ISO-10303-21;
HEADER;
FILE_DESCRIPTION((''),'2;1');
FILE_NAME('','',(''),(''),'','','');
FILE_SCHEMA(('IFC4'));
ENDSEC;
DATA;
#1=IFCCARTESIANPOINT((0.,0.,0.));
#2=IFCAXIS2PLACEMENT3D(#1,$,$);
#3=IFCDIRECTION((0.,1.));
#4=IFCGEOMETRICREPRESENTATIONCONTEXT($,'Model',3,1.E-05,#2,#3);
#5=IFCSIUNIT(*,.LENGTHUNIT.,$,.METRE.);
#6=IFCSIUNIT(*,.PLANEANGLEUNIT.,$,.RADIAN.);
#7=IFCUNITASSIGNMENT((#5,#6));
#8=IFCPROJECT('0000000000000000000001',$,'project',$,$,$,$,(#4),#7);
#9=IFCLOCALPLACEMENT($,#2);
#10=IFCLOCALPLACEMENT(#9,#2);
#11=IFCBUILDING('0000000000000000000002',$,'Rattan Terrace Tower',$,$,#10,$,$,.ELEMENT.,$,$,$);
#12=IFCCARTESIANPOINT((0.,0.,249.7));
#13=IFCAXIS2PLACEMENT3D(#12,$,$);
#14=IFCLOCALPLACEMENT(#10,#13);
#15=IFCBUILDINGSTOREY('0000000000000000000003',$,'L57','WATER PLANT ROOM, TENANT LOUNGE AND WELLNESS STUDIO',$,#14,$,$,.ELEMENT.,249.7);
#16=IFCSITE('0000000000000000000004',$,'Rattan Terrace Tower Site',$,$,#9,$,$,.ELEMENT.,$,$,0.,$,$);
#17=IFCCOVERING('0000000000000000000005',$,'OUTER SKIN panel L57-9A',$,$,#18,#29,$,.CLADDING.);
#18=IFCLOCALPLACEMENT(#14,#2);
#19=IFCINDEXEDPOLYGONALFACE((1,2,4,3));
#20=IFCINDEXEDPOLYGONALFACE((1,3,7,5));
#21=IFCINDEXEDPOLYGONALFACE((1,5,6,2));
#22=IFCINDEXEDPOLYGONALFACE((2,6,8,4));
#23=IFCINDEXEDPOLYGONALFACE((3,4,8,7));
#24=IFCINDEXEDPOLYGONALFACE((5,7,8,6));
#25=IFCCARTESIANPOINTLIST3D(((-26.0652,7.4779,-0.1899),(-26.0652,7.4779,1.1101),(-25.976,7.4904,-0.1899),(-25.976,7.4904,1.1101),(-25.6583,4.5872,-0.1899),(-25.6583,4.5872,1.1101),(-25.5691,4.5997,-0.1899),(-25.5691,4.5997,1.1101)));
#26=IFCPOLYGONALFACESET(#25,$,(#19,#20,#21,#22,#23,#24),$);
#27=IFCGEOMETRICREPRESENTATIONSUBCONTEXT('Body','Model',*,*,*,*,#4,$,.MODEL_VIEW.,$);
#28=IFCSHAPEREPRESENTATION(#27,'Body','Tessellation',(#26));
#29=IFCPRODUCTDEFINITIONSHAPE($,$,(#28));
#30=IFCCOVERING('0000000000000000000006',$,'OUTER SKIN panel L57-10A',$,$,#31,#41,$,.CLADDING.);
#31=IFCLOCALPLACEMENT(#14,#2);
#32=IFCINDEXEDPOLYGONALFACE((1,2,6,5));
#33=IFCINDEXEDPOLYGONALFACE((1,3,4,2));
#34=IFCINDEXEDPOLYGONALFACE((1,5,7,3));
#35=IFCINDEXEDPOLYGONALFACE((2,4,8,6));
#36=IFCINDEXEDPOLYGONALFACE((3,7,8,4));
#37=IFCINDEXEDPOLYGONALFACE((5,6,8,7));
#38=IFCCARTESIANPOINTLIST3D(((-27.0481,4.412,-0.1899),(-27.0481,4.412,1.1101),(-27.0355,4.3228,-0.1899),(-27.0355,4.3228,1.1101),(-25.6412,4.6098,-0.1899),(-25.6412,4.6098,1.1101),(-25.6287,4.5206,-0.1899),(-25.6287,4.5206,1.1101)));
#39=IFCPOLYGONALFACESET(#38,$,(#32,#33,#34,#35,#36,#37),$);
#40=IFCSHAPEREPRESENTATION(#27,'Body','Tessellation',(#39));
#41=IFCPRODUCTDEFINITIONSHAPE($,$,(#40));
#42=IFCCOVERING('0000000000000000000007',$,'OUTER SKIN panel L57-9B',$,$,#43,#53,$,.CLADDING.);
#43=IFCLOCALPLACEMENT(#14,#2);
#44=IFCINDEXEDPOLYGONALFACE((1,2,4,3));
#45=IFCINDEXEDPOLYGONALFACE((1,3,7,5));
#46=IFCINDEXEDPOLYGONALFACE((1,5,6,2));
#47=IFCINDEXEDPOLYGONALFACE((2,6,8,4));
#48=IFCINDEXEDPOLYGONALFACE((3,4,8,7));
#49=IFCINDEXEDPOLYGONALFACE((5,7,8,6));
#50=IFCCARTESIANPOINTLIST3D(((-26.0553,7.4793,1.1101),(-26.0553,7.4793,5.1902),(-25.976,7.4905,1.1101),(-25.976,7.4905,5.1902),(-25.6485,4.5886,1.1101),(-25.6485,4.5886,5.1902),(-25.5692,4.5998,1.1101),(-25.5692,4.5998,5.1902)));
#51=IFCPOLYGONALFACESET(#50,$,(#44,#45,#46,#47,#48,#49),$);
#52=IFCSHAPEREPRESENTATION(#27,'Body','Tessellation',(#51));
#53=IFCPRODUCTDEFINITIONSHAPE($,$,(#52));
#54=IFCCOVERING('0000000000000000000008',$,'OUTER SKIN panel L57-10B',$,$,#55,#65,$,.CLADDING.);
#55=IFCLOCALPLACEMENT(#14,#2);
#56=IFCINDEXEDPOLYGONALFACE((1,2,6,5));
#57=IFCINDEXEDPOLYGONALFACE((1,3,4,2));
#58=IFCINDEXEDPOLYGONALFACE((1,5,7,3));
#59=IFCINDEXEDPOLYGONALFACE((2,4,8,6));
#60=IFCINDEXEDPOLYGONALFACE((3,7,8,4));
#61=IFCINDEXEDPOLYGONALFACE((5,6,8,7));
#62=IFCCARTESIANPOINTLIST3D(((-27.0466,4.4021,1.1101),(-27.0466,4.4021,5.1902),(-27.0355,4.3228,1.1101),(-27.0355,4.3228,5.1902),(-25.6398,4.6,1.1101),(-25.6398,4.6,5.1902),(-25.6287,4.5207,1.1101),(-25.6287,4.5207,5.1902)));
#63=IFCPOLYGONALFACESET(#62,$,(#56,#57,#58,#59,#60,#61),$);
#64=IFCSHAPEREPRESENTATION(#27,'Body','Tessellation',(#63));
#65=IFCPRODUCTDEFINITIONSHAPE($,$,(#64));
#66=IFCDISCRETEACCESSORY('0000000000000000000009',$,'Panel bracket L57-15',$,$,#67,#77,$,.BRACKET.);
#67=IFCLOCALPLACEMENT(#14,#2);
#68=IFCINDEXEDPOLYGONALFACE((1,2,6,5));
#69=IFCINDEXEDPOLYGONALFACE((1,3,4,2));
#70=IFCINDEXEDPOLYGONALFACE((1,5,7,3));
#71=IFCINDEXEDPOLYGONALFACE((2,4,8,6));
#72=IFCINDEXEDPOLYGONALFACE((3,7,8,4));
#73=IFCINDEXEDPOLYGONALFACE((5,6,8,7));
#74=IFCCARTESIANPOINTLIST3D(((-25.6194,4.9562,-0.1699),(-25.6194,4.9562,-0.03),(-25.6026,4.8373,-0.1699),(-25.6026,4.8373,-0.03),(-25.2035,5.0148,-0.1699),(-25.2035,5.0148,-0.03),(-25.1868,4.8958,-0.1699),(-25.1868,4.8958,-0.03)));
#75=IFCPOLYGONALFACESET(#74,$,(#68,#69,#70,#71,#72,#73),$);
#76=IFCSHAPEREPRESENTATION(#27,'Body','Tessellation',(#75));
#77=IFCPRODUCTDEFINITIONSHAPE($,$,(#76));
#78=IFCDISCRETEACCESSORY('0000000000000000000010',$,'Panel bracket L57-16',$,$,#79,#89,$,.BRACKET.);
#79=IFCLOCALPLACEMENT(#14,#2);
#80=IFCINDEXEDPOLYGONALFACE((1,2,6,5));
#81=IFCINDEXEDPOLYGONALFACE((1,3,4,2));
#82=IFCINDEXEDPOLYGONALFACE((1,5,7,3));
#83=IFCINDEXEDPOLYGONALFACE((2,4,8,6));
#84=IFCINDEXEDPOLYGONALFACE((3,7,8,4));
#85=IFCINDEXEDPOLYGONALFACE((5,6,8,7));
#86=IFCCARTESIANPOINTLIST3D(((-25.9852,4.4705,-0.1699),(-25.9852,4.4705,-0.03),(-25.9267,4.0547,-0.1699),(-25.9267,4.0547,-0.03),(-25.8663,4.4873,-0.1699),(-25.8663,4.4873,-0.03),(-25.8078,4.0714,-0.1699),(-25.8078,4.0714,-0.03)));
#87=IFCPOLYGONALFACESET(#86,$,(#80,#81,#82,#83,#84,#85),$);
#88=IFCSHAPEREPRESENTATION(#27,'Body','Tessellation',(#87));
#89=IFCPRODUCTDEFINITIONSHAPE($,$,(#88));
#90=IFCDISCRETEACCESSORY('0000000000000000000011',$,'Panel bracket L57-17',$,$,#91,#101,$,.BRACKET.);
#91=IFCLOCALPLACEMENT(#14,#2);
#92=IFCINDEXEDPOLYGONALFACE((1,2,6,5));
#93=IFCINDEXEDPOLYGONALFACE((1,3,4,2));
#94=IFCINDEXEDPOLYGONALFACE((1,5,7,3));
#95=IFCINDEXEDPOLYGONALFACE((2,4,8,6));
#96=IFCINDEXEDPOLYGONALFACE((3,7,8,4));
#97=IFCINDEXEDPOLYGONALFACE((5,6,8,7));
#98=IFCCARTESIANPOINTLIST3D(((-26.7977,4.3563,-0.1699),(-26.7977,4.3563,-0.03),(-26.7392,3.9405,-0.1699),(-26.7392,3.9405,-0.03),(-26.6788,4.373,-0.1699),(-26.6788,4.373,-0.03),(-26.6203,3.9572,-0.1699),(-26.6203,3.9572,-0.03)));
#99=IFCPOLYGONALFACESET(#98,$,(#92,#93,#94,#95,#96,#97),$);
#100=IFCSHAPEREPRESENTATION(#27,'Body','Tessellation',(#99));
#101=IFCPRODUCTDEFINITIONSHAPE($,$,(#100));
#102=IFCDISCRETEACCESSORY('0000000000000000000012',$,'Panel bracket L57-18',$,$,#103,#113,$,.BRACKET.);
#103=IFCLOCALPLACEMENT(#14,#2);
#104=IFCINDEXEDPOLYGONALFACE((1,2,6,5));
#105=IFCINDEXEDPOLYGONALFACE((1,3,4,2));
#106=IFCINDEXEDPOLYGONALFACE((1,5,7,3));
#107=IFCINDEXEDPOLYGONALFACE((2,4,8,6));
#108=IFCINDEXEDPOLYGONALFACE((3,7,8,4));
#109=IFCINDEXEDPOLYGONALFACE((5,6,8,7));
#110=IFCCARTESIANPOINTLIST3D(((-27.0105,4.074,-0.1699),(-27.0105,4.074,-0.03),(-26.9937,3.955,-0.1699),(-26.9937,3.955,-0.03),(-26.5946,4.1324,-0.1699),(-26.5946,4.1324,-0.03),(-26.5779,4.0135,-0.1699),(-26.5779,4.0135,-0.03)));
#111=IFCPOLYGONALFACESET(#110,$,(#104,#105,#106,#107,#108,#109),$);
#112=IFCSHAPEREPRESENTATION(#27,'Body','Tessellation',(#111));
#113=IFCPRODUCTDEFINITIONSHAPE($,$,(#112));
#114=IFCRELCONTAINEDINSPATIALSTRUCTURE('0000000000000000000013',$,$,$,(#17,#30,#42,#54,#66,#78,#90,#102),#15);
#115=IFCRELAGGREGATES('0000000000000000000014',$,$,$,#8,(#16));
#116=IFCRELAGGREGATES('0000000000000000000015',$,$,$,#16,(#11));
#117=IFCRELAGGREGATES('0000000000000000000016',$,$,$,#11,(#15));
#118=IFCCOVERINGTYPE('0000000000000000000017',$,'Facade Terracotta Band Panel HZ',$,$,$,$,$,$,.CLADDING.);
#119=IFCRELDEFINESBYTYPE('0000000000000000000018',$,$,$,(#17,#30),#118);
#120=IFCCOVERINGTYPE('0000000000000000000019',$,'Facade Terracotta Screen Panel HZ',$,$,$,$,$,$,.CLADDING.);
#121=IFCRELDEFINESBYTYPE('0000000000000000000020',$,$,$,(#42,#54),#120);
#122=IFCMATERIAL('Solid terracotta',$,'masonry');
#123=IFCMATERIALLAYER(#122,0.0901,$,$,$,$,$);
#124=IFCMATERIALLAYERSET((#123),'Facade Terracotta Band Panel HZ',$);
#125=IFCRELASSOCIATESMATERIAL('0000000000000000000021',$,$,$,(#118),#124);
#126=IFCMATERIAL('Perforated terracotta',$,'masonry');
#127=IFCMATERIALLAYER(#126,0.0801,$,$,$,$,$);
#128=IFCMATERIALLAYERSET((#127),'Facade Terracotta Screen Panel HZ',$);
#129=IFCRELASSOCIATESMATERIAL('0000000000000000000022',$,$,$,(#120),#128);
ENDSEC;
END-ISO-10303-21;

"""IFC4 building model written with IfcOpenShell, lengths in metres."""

from ifc_helpers import new_model, si_unit, direction, frame, origin, origin_2d, place, context, subcontext, project, spatial, rectangle, extrude, material, layer, layer_set, type_object, element, save


model = new_model("IFC4")

# Units and contexts
model_context = context("Model", 3, precision=1e-05, world=origin(), true_north=direction((0.0, 1.0)))
body_context = subcontext(model_context, "Body", "Model", "MODEL_VIEW")
ifc_project = project(units=[si_unit("LENGTHUNIT", "METRE"), si_unit("PLANEANGLEUNIT", "RADIAN")], contexts=[model_context])

# Site, building, storey
site_placement = place(None, origin())
site = spatial("IfcSite", under=ifc_project, at=site_placement, Name="Rattan Terrace Tower Site", CompositionType="ELEMENT", RefElevation=0.0)
building_placement = place(site_placement, origin())
building = spatial("IfcBuilding", under=site, at=building_placement, Name="Rattan Terrace Tower", CompositionType="ELEMENT")
storey_placement = place(building_placement, frame((0.0, 0.0, 249.7)))
storey = spatial("IfcBuildingStorey", under=building, at=storey_placement, Name="L57", Description="WATER PLANT ROOM, TENANT LOUNGE AND WELLNESS STUDIO", CompositionType="ELEMENT", Elevation=249.7)

# Coverings
ifc_material_1 = material(Name="Solid terracotta", Category="masonry")
ifc_layer_1 = layer(ifc_material_1, 0.0901)
ifc_layer_set_1 = layer_set([ifc_layer_1], Name="Facade Terracotta Band Panel HZ")
covering_type_1 = type_object("IfcCoveringType", Name="Facade Terracotta Band Panel HZ", PredefinedType="CLADDING", material=ifc_layer_set_1)
covering_1_placement = place(storey_placement, frame((-25.8171, 6.0388, -0.1899), z_axis=(0.0, 0.0, 1.0), x_axis=(0.139367, -0.990241, 0.0)))
element("IfcCovering", 1, at=covering_1_placement, inside=storey, type_object=covering_type_1, Name="OUTER SKIN panel L57-9A", PredefinedType="CLADDING", context=body_context, shape_type="SweptSolid", body=[
    extrude(rectangle(XDim=2.9192, YDim=0.0901, at=origin_2d()), origin(), (0.0, 0.0, 1.0), 1.3),
])
covering_2_placement = place(storey_placement, frame((-26.3384, 4.4663, -0.1899), z_axis=(0.0, 0.0, 1.0), x_axis=(-0.990254, -0.139275, 0.0)))
element("IfcCovering", 2, at=covering_2_placement, inside=storey, type_object=covering_type_1, Name="OUTER SKIN panel L57-10A", PredefinedType="CLADDING", context=body_context, shape_type="SweptSolid", body=[
    extrude(rectangle(XDim=1.4207, YDim=0.0901, at=origin_2d()), origin(), (0.0, 0.0, 1.0), 1.3),
])
ifc_material_2 = material(Name="Perforated terracotta", Category="masonry")
ifc_layer_2 = layer(ifc_material_2, 0.0801)
ifc_layer_set_2 = layer_set([ifc_layer_2], Name="Facade Terracotta Screen Panel HZ")
covering_type_2 = type_object("IfcCoveringType", Name="Facade Terracotta Screen Panel HZ", PredefinedType="CLADDING", material=ifc_layer_set_2)
covering_3_placement = place(storey_placement, frame((-25.8123, 6.0396, 1.1101), z_axis=(0.0, 0.0, 1.0), x_axis=(0.139367, -0.990241, 0.0)))
element("IfcCovering", 3, at=covering_3_placement, inside=storey, type_object=covering_type_2, Name="OUTER SKIN panel L57-9B", PredefinedType="CLADDING", context=body_context, shape_type="SweptSolid", body=[
    extrude(rectangle(XDim=2.9192, YDim=0.0801, at=origin_2d()), origin(), (0.0, 0.0, 1.0), 4.0801),
])
covering_4_placement = place(storey_placement, frame((-26.3376, 4.4614, 1.1101), z_axis=(0.0, 0.0, 1.0), x_axis=(-0.990254, -0.139275, 0.0)))
element("IfcCovering", 4, at=covering_4_placement, inside=storey, type_object=covering_type_2, Name="OUTER SKIN panel L57-10B", PredefinedType="CLADDING", context=body_context, shape_type="SweptSolid", body=[
    extrude(rectangle(XDim=1.4207, YDim=0.0801, at=origin_2d()), origin(), (0.0, 0.0, 1.0), 4.0801),
])

# Discrete accessories
for number, where, z_axis, x_axis, name in (
    (5, (-25.4031, 4.926, -0.1699), (0.0, 0.0, 1.0), (0.139367, -0.990241, 0.0), "Panel bracket L57-15"),
    (6, (-25.8965, 4.271, -0.1699), (0.0, 0.0, 1.0), (-0.990254, -0.139275, 0.0), "Panel bracket L57-16"),
    (7, (-26.709, 4.1567, -0.1699), (0.0, 0.0, 1.0), (-0.990254, -0.139275, 0.0), "Panel bracket L57-17"),
    (8, (-26.7942, 4.0437, -0.1699), (0.0, 0.0, 1.0), (0.139192, -0.990265, 0.0), "Panel bracket L57-18"),
):
    element("IfcDiscreteAccessory", number, at=place(storey_placement, frame(where, z_axis=z_axis, x_axis=x_axis)), inside=storey, Name=name, PredefinedType="BRACKET", context=body_context, shape_type="SweptSolid", body=[
        extrude(rectangle(XDim=0.1201, YDim=0.4199, at=origin_2d()), origin(), (0.0, 0.0, 1.0), 0.1399),
    ])

save(model, "model.ifc")
